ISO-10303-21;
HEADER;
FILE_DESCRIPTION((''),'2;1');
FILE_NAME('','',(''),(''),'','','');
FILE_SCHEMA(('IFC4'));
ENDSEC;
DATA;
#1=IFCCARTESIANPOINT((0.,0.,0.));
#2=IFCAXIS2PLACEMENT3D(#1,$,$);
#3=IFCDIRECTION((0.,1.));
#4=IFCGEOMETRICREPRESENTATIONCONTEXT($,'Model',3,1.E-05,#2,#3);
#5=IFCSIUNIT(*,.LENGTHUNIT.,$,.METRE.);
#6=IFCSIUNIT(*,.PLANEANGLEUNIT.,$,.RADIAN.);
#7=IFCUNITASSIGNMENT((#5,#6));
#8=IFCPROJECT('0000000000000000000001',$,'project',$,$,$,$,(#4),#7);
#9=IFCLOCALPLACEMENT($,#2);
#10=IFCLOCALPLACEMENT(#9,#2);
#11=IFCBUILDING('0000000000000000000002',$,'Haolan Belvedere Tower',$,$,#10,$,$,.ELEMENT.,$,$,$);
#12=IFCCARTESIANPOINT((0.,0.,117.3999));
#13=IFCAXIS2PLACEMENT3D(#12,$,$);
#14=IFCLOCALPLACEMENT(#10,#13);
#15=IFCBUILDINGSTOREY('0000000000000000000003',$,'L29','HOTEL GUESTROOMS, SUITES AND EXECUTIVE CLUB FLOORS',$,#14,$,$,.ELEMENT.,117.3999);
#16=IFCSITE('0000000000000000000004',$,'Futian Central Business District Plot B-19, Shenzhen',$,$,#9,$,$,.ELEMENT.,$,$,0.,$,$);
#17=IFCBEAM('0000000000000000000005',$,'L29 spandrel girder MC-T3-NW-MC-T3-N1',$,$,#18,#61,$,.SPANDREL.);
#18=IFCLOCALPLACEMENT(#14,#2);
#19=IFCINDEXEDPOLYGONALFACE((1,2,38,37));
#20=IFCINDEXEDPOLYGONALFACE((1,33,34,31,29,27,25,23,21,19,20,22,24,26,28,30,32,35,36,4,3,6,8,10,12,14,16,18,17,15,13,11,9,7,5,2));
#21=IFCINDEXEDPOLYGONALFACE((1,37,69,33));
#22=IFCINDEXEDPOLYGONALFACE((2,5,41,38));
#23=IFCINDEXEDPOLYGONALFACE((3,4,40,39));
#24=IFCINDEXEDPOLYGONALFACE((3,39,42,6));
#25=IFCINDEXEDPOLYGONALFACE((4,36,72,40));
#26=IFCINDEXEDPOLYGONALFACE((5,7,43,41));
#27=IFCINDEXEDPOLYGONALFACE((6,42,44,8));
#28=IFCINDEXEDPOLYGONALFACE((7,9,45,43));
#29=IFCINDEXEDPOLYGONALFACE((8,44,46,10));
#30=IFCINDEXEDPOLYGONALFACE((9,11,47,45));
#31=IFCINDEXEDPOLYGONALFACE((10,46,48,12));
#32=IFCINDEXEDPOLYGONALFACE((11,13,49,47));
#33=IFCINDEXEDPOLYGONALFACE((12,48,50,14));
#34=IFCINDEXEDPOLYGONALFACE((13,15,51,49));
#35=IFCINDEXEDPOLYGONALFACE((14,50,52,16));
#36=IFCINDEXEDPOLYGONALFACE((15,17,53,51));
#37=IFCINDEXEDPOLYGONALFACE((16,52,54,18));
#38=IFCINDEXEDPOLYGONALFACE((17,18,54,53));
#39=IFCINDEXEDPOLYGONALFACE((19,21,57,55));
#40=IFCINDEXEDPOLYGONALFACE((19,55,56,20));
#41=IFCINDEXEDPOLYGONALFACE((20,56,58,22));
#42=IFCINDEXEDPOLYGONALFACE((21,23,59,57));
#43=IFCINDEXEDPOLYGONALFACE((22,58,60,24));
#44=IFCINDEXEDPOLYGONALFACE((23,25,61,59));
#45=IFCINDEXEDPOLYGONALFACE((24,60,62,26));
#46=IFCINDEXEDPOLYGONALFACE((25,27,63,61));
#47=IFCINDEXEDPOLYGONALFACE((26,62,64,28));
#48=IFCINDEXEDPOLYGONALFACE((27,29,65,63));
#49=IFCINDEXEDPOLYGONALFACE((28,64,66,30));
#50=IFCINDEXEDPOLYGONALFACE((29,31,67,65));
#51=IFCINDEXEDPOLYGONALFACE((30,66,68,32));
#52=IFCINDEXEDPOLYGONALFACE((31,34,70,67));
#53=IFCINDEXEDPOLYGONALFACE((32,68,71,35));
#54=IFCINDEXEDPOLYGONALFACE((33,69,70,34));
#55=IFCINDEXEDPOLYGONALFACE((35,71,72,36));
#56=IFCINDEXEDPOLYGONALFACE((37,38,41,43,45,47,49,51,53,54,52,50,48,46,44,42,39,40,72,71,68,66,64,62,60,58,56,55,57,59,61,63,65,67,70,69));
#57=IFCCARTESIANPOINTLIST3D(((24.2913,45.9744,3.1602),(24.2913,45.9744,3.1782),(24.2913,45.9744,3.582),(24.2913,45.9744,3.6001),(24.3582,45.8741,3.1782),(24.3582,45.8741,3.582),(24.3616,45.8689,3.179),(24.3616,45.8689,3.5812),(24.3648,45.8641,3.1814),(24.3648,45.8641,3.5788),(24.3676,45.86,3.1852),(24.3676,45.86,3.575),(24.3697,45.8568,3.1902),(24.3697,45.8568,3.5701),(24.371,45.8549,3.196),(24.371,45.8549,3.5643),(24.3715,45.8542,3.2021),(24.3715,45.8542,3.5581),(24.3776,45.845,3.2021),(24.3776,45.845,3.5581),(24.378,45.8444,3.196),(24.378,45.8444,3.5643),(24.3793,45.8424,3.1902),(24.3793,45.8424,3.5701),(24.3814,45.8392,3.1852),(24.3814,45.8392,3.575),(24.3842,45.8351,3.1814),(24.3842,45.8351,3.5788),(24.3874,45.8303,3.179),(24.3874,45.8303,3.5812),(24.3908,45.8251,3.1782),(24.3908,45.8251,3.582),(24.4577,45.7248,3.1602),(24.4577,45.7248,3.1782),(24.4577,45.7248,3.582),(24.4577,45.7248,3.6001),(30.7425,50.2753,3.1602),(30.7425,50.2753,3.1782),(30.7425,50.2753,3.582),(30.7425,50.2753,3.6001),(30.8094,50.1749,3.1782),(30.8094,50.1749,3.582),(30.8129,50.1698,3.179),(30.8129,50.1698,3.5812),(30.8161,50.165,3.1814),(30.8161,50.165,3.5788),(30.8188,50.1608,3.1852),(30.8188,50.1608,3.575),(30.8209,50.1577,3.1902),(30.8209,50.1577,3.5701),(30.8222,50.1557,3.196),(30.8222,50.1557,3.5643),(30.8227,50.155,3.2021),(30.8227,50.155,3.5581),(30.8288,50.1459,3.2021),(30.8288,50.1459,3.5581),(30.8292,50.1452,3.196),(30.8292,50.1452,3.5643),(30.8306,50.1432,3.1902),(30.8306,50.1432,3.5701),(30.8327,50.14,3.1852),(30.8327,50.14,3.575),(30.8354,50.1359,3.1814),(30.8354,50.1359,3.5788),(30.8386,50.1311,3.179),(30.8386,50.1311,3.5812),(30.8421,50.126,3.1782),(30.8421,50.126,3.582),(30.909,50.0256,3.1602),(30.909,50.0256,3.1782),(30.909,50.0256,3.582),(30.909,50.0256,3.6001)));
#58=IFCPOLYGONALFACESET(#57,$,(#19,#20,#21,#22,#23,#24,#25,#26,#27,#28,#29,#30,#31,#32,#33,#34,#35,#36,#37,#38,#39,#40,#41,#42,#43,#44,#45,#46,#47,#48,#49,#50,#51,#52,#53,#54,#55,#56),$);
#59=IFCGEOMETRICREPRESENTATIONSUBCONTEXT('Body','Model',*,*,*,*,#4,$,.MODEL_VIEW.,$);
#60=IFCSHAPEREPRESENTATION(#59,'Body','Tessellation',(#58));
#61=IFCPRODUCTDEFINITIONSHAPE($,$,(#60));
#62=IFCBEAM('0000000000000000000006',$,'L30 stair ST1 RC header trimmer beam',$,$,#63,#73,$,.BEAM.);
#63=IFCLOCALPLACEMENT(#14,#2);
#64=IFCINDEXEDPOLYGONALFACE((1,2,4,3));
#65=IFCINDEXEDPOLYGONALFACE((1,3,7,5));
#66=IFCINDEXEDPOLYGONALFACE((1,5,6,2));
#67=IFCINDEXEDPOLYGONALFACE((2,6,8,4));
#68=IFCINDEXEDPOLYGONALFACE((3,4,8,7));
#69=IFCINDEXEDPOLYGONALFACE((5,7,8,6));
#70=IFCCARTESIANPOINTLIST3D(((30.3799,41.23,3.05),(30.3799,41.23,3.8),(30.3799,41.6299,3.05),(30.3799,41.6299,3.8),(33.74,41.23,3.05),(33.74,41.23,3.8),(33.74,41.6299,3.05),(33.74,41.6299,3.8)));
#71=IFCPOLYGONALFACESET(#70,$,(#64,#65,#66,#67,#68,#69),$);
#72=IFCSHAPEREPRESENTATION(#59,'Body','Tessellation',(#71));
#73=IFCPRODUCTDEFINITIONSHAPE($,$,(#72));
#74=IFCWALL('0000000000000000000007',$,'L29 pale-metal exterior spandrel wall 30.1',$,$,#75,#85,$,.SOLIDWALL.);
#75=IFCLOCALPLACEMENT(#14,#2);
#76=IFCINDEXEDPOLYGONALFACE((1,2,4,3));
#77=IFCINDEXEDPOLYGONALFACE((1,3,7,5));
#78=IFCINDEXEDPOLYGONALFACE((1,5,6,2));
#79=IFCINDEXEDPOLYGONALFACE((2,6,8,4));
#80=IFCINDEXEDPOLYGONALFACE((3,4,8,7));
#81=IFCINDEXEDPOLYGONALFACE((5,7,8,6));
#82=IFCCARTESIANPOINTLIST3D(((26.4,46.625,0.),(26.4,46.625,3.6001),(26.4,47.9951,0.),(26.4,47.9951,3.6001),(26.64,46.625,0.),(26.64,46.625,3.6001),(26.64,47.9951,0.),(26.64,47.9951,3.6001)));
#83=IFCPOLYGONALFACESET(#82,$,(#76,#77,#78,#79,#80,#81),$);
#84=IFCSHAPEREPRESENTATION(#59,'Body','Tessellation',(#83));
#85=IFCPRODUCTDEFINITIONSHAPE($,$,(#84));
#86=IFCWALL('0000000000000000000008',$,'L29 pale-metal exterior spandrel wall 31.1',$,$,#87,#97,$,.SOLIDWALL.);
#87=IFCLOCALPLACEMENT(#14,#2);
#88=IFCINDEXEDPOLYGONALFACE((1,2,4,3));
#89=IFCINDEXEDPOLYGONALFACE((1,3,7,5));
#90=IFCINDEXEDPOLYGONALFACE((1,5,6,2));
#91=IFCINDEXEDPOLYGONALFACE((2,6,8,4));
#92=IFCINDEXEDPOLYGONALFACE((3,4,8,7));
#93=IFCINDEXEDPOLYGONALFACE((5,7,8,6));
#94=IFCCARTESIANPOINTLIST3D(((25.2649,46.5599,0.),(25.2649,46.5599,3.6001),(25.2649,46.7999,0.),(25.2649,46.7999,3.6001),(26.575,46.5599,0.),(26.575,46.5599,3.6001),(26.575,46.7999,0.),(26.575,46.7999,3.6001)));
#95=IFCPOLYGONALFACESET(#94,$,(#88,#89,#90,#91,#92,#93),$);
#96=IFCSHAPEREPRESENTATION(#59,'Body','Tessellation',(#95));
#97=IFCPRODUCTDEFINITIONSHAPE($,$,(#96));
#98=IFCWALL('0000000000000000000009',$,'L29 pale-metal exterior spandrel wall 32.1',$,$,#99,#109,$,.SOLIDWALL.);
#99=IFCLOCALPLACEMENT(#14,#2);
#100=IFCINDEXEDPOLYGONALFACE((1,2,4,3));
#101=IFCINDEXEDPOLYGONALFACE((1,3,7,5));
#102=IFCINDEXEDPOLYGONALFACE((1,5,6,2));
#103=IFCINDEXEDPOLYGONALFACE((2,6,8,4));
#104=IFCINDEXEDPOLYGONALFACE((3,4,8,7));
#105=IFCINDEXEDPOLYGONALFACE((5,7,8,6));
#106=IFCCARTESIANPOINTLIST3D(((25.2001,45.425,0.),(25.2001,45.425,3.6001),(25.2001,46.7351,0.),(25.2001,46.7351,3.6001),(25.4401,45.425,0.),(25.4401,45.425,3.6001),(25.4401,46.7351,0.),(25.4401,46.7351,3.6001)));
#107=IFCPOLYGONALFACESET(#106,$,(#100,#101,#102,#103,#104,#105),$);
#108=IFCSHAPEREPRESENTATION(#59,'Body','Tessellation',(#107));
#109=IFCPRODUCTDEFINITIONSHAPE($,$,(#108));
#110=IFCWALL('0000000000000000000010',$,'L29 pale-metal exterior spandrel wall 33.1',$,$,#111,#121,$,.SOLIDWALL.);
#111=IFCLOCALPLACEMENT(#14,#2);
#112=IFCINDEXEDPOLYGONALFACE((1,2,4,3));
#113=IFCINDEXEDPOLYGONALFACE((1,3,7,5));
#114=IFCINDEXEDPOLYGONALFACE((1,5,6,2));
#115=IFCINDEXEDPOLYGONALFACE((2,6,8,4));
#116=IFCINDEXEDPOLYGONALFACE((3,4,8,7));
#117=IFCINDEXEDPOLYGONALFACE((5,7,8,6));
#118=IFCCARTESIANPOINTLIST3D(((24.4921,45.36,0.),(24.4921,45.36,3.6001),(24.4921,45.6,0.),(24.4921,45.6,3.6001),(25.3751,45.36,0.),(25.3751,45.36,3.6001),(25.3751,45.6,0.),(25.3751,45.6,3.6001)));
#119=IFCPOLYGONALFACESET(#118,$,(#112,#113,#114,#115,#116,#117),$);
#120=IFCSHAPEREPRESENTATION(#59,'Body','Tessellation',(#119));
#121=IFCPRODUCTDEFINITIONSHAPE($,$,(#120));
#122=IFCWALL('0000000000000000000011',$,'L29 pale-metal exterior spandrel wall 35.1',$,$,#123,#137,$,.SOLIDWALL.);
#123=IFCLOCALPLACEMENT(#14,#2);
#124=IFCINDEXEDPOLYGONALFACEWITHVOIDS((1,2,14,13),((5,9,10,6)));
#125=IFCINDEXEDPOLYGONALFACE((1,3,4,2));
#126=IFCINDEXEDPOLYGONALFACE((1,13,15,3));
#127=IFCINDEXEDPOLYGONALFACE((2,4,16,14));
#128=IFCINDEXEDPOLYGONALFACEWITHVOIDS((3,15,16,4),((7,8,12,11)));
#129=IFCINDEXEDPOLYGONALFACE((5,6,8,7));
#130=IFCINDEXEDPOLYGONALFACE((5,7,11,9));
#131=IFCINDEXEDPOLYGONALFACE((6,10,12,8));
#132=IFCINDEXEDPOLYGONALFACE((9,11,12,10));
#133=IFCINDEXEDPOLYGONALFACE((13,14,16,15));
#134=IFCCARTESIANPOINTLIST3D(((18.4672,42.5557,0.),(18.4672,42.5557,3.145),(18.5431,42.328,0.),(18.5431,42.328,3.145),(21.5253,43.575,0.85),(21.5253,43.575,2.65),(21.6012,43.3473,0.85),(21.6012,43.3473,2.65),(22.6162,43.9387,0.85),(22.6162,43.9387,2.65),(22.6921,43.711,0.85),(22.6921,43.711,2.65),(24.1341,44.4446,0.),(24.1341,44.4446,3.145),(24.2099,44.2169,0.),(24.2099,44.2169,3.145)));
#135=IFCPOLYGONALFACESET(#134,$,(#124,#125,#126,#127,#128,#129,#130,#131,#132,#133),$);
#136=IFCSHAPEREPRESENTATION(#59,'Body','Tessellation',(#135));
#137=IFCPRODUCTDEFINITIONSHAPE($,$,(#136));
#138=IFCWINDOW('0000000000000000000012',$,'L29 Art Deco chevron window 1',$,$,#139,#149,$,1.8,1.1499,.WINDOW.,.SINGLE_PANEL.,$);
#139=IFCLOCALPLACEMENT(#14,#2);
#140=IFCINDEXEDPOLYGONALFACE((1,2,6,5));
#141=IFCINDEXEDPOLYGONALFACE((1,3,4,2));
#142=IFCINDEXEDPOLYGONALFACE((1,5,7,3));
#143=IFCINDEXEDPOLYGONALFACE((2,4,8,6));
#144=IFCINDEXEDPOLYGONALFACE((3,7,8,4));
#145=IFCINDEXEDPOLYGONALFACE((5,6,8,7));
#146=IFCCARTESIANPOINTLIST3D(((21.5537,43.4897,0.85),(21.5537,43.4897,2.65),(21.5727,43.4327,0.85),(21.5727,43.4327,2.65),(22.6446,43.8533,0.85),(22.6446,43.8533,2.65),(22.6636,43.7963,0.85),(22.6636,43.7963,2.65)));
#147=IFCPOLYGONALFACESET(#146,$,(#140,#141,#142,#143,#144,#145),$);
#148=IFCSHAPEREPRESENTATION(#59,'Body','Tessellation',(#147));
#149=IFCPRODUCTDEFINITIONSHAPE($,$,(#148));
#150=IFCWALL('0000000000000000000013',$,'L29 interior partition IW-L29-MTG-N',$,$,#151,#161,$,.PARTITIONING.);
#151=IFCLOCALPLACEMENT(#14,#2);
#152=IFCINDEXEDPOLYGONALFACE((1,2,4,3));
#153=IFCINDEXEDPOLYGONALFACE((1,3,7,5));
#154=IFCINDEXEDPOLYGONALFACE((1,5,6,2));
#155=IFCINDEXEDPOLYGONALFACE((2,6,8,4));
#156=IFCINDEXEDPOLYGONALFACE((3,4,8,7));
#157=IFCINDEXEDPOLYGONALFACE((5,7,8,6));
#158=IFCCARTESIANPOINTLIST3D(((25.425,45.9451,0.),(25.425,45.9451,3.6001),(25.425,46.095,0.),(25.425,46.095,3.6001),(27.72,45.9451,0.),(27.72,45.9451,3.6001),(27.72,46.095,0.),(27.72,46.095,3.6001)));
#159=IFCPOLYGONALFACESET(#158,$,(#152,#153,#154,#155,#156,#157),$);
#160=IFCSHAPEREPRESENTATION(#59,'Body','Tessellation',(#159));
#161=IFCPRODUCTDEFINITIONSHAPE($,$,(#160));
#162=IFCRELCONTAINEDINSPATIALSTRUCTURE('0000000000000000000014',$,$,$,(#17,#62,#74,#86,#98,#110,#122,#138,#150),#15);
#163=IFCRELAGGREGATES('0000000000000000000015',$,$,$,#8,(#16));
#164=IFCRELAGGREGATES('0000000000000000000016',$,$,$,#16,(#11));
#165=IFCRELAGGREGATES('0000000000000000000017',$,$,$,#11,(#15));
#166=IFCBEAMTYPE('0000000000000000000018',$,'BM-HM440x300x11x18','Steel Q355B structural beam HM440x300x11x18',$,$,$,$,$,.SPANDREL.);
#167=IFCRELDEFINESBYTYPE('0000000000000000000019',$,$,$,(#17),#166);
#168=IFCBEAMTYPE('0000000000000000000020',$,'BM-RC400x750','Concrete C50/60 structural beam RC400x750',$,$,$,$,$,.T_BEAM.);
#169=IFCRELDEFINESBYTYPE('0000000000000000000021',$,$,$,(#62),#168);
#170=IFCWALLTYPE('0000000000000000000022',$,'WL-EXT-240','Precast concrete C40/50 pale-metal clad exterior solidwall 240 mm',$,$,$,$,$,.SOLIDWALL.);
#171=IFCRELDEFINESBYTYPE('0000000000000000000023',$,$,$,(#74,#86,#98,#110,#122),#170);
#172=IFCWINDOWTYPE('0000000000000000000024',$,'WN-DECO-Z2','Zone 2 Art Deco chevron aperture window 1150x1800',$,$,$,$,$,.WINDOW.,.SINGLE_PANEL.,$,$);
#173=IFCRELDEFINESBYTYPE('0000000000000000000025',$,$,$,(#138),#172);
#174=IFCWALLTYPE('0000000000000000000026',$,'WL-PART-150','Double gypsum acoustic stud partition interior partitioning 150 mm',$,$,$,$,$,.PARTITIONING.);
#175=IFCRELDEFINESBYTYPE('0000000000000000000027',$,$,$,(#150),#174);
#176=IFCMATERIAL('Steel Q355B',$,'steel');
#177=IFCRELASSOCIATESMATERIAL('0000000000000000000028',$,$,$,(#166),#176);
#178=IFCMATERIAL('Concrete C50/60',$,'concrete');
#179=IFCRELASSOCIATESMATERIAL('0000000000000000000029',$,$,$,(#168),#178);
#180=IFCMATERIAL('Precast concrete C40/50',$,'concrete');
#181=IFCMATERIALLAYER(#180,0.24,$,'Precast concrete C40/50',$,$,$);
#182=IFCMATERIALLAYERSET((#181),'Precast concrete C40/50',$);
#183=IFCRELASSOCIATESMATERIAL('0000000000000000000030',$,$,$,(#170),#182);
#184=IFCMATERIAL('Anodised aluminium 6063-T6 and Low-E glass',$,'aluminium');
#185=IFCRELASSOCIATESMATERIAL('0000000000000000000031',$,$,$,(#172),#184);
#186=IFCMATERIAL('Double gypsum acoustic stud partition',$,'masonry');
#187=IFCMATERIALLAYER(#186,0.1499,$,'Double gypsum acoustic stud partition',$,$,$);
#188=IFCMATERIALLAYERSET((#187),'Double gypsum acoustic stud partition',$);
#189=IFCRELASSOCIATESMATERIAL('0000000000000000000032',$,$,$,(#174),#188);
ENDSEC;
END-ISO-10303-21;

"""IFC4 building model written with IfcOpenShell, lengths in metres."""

from ifc_helpers import new_model, si_unit, direction, frame, frame_2d, origin, origin_2d, place, context, subcontext, project, spatial, rectangle, i_section, extrude, material, layer, layer_set, material_profile, profile_set, type_object, element, fill, save


model = new_model("IFC4")

# Units and contexts
model_context = context("Model", 3, precision=1e-05, world=origin(), true_north=direction((0.0, 1.0)))
body_context = subcontext(model_context, "Body", "Model", "MODEL_VIEW")
ifc_project = project(units=[si_unit("LENGTHUNIT", "METRE"), si_unit("PLANEANGLEUNIT", "RADIAN")], contexts=[model_context])

# Site, building, storey
site_placement = place(None, origin())
site = spatial("IfcSite", under=ifc_project, at=site_placement, Name="Futian Central Business District Plot B-19, Shenzhen", CompositionType="ELEMENT", RefElevation=0.0)
building_placement = place(site_placement, origin())
building = spatial("IfcBuilding", under=site, at=building_placement, Name="Haolan Belvedere Tower", CompositionType="ELEMENT")
storey_placement = place(building_placement, frame((0.0, 0.0, 117.3999)))
storey = spatial("IfcBuildingStorey", under=building, at=storey_placement, Name="L29", Description="HOTEL GUESTROOMS, SUITES AND EXECUTIVE CLUB FLOORS", CompositionType="ELEMENT", Elevation=117.3999)

# Beams
ifc_material_1 = material(Name="Steel Q355B", Category="steel")
ifc_material_profile_1 = material_profile(ifc_material_1, i_section(OverallWidth=0.3, OverallDepth=0.4399, WebThickness=0.011, FlangeThickness=0.0181, FilletRadius=0.0239, at=origin_2d()), Name="Steel Q355B")
ifc_profile_set_1 = profile_set([ifc_material_profile_1], Name="Steel Q355B")
beam_type_1 = type_object("IfcBeamType", Name="BM-HM440x300x11x18", Description="Steel Q355B structural beam HM440x300x11x18", PredefinedType="SPANDREL", material=ifc_profile_set_1)
beam_1_placement = place(storey_placement, frame((24.3745, 45.8496, 3.3801), z_axis=(0.83205, 0.5547, 0.0), x_axis=(-0.5547, 0.83205, 0.0)))
element("IfcBeam", 1, at=beam_1_placement, inside=storey, type_object=beam_type_1, Name="L29 spandrel girder MC-T3-NW-MC-T3-N1", PredefinedType="SPANDREL", context=body_context, shape_type="SweptSolid", body=[
    extrude(i_section(OverallWidth=0.3, OverallDepth=0.4399, WebThickness=0.011, FlangeThickness=0.0181, FilletRadius=0.0239, at=origin_2d()), origin(), (0.0, 0.0, 1.0), 7.7534),
])
ifc_material_2 = material(Name="Concrete C50/60", Category="concrete")
ifc_material_profile_2 = material_profile(ifc_material_2, rectangle(XDim=0.3999, YDim=0.75, at=origin_2d()), Name="Concrete C50/60")
ifc_profile_set_2 = profile_set([ifc_material_profile_2], Name="Concrete C50/60")
beam_type_2 = type_object("IfcBeamType", Name="BM-RC400x750", Description="Concrete C50/60 structural beam RC400x750", PredefinedType="T_BEAM", material=ifc_profile_set_2)
beam_2_placement = place(storey_placement, frame((30.3799, 41.4299, 3.425), z_axis=(1.0, 0.0, 0.0), x_axis=(0.0, 1.0, 0.0)))
element("IfcBeam", 2, at=beam_2_placement, inside=storey, type_object=beam_type_2, Name="L30 stair ST1 RC header trimmer beam", PredefinedType="BEAM", context=body_context, shape_type="SweptSolid", body=[
    extrude(rectangle(XDim=0.3999, YDim=0.75, at=origin_2d()), origin(), (0.0, 0.0, 1.0), 3.3601),
])

# Walls
ifc_material_3 = material(Name="Precast concrete C40/50", Category="concrete")
ifc_layer_1 = layer(ifc_material_3, 0.24, Name="Precast concrete C40/50")
ifc_layer_set_1 = layer_set([ifc_layer_1], Name="Precast concrete C40/50")
wall_type_1 = type_object("IfcWallType", Name="WL-EXT-240", Description="Precast concrete C40/50 pale-metal clad exterior solidwall 240 mm", PredefinedType="SOLIDWALL", material=ifc_layer_set_1)
wall_1_placement = place(storey_placement, frame((26.52, 47.9951, 0.0), z_axis=(0.0, 0.0, 1.0), x_axis=(0.0, -1.0, 0.0)))
element("IfcWall", 3, at=wall_1_placement, inside=storey, type_object=wall_type_1, Name="L29 pale-metal exterior spandrel wall 30.1", PredefinedType="SOLIDWALL", context=body_context, shape_type="SweptSolid", body=[
    extrude(rectangle(XDim=1.3701, YDim=0.24, at=frame_2d((0.6851, 0.0))), origin(), (0.0, 0.0, 1.0), 3.6001),
])
for number, where, z_axis, x_axis, name in (
    (4, (26.575, 46.6799, 0.0), (0.0, 0.0, 1.0), (-1.0, 0.0, 0.0), "L29 pale-metal exterior spandrel wall 31.1"),
    (5, (25.3201, 46.7351, 0.0), (0.0, 0.0, 1.0), (0.0, -1.0, 0.0), "L29 pale-metal exterior spandrel wall 32.1"),
):
    element("IfcWall", number, at=place(storey_placement, frame(where, z_axis=z_axis, x_axis=x_axis)), inside=storey, type_object=wall_type_1, Name=name, PredefinedType="SOLIDWALL", context=body_context, shape_type="SweptSolid", body=[
        extrude(rectangle(XDim=1.3101, YDim=0.24, at=frame_2d((0.655, 0.0))), origin(), (0.0, 0.0, 1.0), 3.6001),
    ])
wall_2_placement = place(storey_placement, frame((25.375, 45.48, 0.0), z_axis=(0.0, 0.0, 1.0), x_axis=(-1.0, 0.0, 0.0)))
element("IfcWall", 6, at=wall_2_placement, inside=storey, type_object=wall_type_1, Name="L29 pale-metal exterior spandrel wall 33.1", PredefinedType="SOLIDWALL", context=body_context, shape_type="SweptSolid", body=[
    extrude(rectangle(XDim=0.8831, YDim=0.24, at=frame_2d((0.4414, 0.0))), origin(), (0.0, 0.0, 1.0), 3.6001),
])

# Wall, opening, window
wall_3_placement = place(storey_placement, frame((24.1721, 44.3308, 0.0), z_axis=(0.0, 0.0, 1.0), x_axis=(-0.948683, -0.316228, 0.0)))
wall_3 = element("IfcWall", 7, at=wall_3_placement, inside=storey, type_object=wall_type_1, Name="L29 pale-metal exterior spandrel wall 35.1", PredefinedType="SOLIDWALL", context=body_context, shape_type="SweptSolid", body=[
    extrude(rectangle(XDim=5.9734, YDim=0.24, at=frame_2d((2.9868, 0.0))), origin(), (0.0, 0.0, 1.0), 3.145),
])
opening_1_placement = place(wall_3_placement, frame((1.6001, 0.0, 0.8501)))
opening_1 = element("IfcOpeningElement", 8, at=opening_1_placement, cuts=wall_3, PredefinedType="OPENING", context=body_context, shape_type="SweptSolid", body=[
    extrude(rectangle(XDim=1.1499, YDim=1.8, at=frame_2d((0.575, 0.8999))), frame((0.0, 0.1299, 0.0), z_axis=(0.0, -1.0, 0.0), x_axis=(1.0, 0.0, 0.0)), (0.0, 0.0, 1.0), 0.26),
])
ifc_material_4 = material(Name="Anodised aluminium 6063-T6 and Low-E glass", Category="aluminium")
window_type = type_object("IfcWindowType", Name="WN-DECO-Z2", Description="Zone 2 Art Deco chevron aperture window 1150x1800", PartitioningType="SINGLE_PANEL", PredefinedType="WINDOW", material=ifc_material_4)
window_placement = place(opening_1_placement, origin())
window = element("IfcWindow", 9, at=window_placement, inside=storey, type_object=window_type, Name="L29 Art Deco chevron window 1", OverallHeight=1.8, OverallWidth=1.1499, PartitioningType="SINGLE_PANEL", PredefinedType="WINDOW", context=body_context, shape_type="SweptSolid", body=[
    extrude(rectangle(XDim=1.1499, YDim=1.8, at=frame_2d((0.575, 0.8999))), frame((0.0, 0.03, 0.0), z_axis=(0.0, -1.0, 0.0), x_axis=(1.0, 0.0, 0.0)), (0.0, 0.0, 1.0), 0.0601),
])
fill(opening_1, window)

# Wall
ifc_material_5 = material(Name="Double gypsum acoustic stud partition", Category="masonry")
ifc_layer_2 = layer(ifc_material_5, 0.1499, Name="Double gypsum acoustic stud partition")
ifc_layer_set_2 = layer_set([ifc_layer_2], Name="Double gypsum acoustic stud partition")
wall_type_2 = type_object("IfcWallType", Name="WL-PART-150", Description="Double gypsum acoustic stud partition interior partitioning 150 mm", PredefinedType="PARTITIONING", material=ifc_layer_set_2)
wall_4_placement = place(storey_placement, frame((25.425, 46.02, 0.0), z_axis=(0.0, 0.0, 1.0), x_axis=(1.0, 0.0, 0.0)))
element("IfcWall", 10, at=wall_4_placement, inside=storey, type_object=wall_type_2, Name="L29 interior partition IW-L29-MTG-N", PredefinedType="PARTITIONING", context=body_context, shape_type="SweptSolid", body=[
    extrude(rectangle(XDim=2.2949, YDim=0.1499, at=frame_2d((1.1475, 0.0))), origin(), (0.0, 0.0, 1.0), 3.6001),
])

save(model, "model.ifc")
